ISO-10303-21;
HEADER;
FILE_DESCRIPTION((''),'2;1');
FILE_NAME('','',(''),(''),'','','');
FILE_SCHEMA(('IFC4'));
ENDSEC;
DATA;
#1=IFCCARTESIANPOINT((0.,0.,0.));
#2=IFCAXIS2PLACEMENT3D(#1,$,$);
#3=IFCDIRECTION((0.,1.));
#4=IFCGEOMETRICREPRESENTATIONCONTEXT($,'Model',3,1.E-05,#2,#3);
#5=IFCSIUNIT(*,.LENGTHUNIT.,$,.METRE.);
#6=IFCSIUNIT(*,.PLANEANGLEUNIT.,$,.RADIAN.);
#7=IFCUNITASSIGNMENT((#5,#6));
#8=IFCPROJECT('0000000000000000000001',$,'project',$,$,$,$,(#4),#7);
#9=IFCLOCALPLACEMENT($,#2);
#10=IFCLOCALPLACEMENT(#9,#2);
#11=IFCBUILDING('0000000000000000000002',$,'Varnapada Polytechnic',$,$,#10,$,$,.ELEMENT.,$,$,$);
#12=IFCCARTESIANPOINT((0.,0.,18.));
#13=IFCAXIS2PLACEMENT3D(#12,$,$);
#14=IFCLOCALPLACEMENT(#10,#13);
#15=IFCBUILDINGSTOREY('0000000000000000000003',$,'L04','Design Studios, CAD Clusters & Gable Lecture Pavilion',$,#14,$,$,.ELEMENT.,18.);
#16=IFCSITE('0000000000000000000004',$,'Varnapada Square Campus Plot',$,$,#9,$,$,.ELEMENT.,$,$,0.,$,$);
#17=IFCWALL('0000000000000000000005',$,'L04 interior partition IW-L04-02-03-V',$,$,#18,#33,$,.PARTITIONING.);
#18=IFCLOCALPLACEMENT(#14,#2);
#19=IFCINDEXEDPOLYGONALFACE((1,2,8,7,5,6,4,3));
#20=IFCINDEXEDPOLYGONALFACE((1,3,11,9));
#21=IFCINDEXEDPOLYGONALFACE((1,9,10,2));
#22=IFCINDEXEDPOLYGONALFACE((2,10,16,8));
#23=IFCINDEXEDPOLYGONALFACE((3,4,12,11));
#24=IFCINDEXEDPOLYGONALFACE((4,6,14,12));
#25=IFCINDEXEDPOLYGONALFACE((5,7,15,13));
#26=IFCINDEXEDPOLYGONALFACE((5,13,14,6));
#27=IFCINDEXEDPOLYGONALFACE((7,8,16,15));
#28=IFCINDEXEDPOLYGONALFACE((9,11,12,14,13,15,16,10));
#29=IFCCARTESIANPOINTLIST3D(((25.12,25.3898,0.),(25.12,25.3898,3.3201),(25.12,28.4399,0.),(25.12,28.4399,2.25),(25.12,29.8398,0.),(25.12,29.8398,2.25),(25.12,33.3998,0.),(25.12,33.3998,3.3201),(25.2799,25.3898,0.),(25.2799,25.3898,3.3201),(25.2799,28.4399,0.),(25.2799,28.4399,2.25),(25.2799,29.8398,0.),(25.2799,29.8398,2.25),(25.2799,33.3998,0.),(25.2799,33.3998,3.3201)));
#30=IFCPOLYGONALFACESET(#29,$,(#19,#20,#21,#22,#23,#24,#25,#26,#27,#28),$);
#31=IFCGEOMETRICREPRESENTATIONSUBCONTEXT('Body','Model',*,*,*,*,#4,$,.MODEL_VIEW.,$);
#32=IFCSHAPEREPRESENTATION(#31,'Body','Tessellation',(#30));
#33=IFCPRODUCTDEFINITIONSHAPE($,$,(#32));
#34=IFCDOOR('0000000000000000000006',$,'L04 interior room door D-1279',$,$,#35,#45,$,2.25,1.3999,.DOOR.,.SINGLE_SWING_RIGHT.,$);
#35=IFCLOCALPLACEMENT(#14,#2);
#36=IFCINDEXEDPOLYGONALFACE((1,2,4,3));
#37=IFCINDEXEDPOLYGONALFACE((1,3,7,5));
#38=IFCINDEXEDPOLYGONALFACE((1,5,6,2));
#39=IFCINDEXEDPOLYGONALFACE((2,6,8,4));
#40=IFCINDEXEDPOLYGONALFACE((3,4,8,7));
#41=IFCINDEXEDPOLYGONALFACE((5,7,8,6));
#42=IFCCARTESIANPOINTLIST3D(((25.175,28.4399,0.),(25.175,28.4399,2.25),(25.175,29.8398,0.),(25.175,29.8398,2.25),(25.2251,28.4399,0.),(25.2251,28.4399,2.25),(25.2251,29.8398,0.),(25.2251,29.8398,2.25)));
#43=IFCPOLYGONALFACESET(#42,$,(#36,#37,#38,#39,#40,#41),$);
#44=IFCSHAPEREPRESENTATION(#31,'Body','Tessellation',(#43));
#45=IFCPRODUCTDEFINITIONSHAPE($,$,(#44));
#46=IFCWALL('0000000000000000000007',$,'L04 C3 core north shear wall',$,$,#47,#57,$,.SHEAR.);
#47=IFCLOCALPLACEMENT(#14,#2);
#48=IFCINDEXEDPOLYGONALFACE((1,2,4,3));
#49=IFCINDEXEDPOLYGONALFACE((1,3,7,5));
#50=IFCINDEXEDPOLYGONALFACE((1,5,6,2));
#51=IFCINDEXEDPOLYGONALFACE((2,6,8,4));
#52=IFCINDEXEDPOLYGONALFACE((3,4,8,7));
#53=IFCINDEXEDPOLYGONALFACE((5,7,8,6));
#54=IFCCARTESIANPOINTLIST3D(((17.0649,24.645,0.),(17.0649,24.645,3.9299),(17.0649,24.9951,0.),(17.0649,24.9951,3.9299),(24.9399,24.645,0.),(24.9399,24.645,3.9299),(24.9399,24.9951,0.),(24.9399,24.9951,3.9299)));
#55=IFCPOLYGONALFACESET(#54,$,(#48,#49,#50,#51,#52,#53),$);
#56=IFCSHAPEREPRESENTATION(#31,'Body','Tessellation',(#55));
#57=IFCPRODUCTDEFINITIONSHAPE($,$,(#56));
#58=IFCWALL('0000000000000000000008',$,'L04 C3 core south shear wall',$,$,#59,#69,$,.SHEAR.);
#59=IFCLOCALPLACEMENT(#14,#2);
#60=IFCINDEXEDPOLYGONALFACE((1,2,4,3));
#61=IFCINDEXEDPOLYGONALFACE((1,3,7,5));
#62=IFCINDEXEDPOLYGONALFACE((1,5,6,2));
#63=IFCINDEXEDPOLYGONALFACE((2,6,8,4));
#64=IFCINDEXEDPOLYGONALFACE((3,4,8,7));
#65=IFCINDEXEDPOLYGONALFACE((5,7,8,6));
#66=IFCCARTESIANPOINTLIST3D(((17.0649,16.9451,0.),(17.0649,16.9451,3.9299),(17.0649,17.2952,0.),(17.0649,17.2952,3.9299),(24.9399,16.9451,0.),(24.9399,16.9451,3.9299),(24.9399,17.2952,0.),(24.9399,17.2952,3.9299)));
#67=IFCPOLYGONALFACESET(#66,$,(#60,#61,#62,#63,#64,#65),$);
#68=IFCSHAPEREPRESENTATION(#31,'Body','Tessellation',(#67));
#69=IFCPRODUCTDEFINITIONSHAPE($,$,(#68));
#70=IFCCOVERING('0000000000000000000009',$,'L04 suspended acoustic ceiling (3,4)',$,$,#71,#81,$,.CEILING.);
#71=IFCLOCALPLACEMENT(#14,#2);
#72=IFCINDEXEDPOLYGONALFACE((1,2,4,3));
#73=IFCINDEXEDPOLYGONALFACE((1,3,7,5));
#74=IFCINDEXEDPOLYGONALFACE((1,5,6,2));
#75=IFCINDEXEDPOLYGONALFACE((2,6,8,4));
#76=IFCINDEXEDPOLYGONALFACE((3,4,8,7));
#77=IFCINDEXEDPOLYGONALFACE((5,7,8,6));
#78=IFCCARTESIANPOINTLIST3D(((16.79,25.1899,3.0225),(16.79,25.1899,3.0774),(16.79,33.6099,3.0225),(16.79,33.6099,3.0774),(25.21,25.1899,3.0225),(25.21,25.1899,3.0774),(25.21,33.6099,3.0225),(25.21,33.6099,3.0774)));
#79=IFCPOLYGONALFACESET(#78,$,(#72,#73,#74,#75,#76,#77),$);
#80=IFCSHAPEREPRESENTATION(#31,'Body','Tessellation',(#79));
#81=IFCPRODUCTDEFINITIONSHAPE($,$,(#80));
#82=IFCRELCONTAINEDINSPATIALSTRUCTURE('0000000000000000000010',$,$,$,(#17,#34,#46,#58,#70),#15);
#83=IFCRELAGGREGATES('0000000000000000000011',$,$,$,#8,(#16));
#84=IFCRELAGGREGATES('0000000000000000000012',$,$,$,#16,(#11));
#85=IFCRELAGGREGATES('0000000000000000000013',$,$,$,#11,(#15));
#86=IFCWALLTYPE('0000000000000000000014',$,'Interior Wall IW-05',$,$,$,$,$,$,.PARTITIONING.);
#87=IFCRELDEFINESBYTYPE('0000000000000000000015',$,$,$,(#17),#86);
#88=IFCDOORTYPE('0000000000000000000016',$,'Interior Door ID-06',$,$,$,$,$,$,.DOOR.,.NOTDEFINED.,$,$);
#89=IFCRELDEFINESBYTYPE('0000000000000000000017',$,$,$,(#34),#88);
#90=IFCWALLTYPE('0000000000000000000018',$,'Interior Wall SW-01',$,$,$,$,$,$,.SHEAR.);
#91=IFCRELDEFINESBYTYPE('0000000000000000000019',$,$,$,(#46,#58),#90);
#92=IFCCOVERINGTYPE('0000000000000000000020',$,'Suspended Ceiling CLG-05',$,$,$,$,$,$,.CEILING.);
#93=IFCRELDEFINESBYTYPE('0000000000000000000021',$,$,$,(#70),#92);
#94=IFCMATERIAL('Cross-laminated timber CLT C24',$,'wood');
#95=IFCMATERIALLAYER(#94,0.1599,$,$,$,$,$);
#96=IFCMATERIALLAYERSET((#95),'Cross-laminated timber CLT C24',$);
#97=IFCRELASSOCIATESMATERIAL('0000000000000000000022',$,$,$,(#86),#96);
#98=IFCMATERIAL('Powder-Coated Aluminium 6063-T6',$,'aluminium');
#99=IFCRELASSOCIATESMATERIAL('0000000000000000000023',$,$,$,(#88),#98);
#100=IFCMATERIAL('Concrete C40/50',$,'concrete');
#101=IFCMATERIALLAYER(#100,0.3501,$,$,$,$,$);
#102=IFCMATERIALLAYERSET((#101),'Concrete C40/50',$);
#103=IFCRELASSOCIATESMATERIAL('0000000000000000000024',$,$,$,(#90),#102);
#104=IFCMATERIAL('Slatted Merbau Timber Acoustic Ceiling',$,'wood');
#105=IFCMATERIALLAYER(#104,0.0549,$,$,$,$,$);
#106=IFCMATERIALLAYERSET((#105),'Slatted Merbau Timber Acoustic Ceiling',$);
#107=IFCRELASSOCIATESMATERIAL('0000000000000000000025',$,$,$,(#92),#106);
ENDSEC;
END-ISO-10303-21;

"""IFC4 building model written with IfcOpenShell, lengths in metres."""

from ifc_helpers import new_model, si_unit, direction, frame, frame_2d, origin, origin_2d, place, context, subcontext, project, spatial, rectangle, extrude, material, layer, layer_set, type_object, element, fill, save


model = new_model("IFC4")

# Units and contexts
model_context = context("Model", 3, precision=1e-05, world=origin(), true_north=direction((0.0, 1.0)))
body_context = subcontext(model_context, "Body", "Model", "MODEL_VIEW")
ifc_project = project(units=[si_unit("LENGTHUNIT", "METRE"), si_unit("PLANEANGLEUNIT", "RADIAN")], contexts=[model_context])

# Site, building, storey
site_placement = place(None, origin())
site = spatial("IfcSite", under=ifc_project, at=site_placement, Name="Varnapada Square Campus Plot", CompositionType="ELEMENT", RefElevation=0.0)
building_placement = place(site_placement, origin())
building = spatial("IfcBuilding", under=site, at=building_placement, Name="Varnapada Polytechnic", CompositionType="ELEMENT")
storey_placement = place(building_placement, frame((0.0, 0.0, 18.0)))
storey = spatial("IfcBuildingStorey", under=building, at=storey_placement, Name="L04", Description="Design Studios, CAD Clusters & Gable Lecture Pavilion", CompositionType="ELEMENT", Elevation=18.0)

# Wall, opening, door
ifc_material_1 = material(Name="Cross-laminated timber CLT C24", Category="wood")
ifc_layer_1 = layer(ifc_material_1, 0.1599)
ifc_layer_set_1 = layer_set([ifc_layer_1], Name="Cross-laminated timber CLT C24")
wall_type_1 = type_object("IfcWallType", Name="Interior Wall IW-05", PredefinedType="PARTITIONING", material=ifc_layer_set_1)
wall_1_placement = place(storey_placement, frame((25.2, 25.3899, 0.0), z_axis=(0.0, 0.0, 1.0), x_axis=(0.0, 1.0, 0.0)))
wall_1 = element("IfcWall", 1, at=wall_1_placement, inside=storey, type_object=wall_type_1, Name="L04 interior partition IW-L04-02-03-V", PredefinedType="PARTITIONING", context=body_context, shape_type="SweptSolid", body=[
    extrude(rectangle(XDim=8.01, YDim=0.1599, at=frame_2d((4.0049, 0.0))), origin(), (0.0, 0.0, 1.0), 3.3201),
])
opening_1_placement = place(wall_1_placement, frame((3.05, 0.0, 0.0)))
opening_1 = element("IfcOpeningElement", 2, at=opening_1_placement, cuts=wall_1, PredefinedType="OPENING", context=body_context, shape_type="SweptSolid", body=[
    extrude(rectangle(XDim=1.3999, YDim=2.25, at=frame_2d((0.7, 1.125))), frame((0.0, 0.0898, 0.0), z_axis=(0.0, -1.0, 0.0), x_axis=(1.0, 0.0, 0.0)), (0.0, 0.0, 1.0), 0.1799),
])
ifc_material_2 = material(Name="Powder-Coated Aluminium 6063-T6", Category="aluminium")
door_type_1 = type_object("IfcDoorType", Name="Interior Door ID-06", OperationType="NOTDEFINED", PredefinedType="DOOR", material=ifc_material_2)
door_1_placement = place(opening_1_placement, origin())
door_1 = element("IfcDoor", 3, at=door_1_placement, inside=storey, type_object=door_type_1, Name="L04 interior room door D-1279", OperationType="SINGLE_SWING_RIGHT", OverallHeight=2.25, OverallWidth=1.3999, PredefinedType="DOOR", context=body_context, shape_type="SweptSolid", body=[
    extrude(rectangle(XDim=1.3999, YDim=2.25, at=frame_2d((0.7, 1.125))), frame((0.0, 0.0249, 0.0), z_axis=(0.0, -1.0, 0.0), x_axis=(1.0, 0.0, 0.0)), (0.0, 0.0, 1.0), 0.05),
])
fill(opening_1, door_1)

# Walls
ifc_material_3 = material(Name="Concrete C40/50", Category="concrete")
ifc_layer_2 = layer(ifc_material_3, 0.3501)
ifc_layer_set_2 = layer_set([ifc_layer_2], Name="Concrete C40/50")
wall_type_2 = type_object("IfcWallType", Name="Interior Wall SW-01", PredefinedType="SHEAR", material=ifc_layer_set_2)
for number, where, z_axis, x_axis, name in (
    (4, (17.0649, 24.8201, 0.0), (0.0, 0.0, 1.0), (1.0, 0.0, 0.0), "L04 C3 core north shear wall"),
    (5, (24.9399, 17.1201, 0.0), (0.0, 0.0, 1.0), (-1.0, 0.0, 0.0), "L04 C3 core south shear wall"),
):
    element("IfcWall", number, at=place(storey_placement, frame(where, z_axis=z_axis, x_axis=x_axis)), inside=storey, type_object=wall_type_2, Name=name, PredefinedType="SHEAR", context=body_context, shape_type="SweptSolid", body=[
        extrude(rectangle(XDim=7.875, YDim=0.3501, at=frame_2d((3.9375, 0.0))), origin(), (0.0, 0.0, 1.0), 3.9299),
    ])

# Covering
ifc_material_4 = material(Name="Slatted Merbau Timber Acoustic Ceiling", Category="wood")
ifc_layer_3 = layer(ifc_material_4, 0.0549)
ifc_layer_set_3 = layer_set([ifc_layer_3], Name="Slatted Merbau Timber Acoustic Ceiling")
covering_type = type_object("IfcCoveringType", Name="Suspended Ceiling CLG-05", PredefinedType="CEILING", material=ifc_layer_set_3)
covering_placement = place(storey_placement, frame((21.0, 29.3999, 3.0225), z_axis=(0.0, 0.0, 1.0), x_axis=(1.0, 0.0, 0.0)))
element("IfcCovering", 6, at=covering_placement, inside=storey, type_object=covering_type, Name="L04 suspended acoustic ceiling (3,4)", PredefinedType="CEILING", context=body_context, shape_type="SweptSolid", body=[
    extrude(rectangle(XDim=8.4199, YDim=8.4199, at=origin_2d()), origin(), (0.0, 0.0, 1.0), 0.0549),
])

save(model, "model.ifc")
